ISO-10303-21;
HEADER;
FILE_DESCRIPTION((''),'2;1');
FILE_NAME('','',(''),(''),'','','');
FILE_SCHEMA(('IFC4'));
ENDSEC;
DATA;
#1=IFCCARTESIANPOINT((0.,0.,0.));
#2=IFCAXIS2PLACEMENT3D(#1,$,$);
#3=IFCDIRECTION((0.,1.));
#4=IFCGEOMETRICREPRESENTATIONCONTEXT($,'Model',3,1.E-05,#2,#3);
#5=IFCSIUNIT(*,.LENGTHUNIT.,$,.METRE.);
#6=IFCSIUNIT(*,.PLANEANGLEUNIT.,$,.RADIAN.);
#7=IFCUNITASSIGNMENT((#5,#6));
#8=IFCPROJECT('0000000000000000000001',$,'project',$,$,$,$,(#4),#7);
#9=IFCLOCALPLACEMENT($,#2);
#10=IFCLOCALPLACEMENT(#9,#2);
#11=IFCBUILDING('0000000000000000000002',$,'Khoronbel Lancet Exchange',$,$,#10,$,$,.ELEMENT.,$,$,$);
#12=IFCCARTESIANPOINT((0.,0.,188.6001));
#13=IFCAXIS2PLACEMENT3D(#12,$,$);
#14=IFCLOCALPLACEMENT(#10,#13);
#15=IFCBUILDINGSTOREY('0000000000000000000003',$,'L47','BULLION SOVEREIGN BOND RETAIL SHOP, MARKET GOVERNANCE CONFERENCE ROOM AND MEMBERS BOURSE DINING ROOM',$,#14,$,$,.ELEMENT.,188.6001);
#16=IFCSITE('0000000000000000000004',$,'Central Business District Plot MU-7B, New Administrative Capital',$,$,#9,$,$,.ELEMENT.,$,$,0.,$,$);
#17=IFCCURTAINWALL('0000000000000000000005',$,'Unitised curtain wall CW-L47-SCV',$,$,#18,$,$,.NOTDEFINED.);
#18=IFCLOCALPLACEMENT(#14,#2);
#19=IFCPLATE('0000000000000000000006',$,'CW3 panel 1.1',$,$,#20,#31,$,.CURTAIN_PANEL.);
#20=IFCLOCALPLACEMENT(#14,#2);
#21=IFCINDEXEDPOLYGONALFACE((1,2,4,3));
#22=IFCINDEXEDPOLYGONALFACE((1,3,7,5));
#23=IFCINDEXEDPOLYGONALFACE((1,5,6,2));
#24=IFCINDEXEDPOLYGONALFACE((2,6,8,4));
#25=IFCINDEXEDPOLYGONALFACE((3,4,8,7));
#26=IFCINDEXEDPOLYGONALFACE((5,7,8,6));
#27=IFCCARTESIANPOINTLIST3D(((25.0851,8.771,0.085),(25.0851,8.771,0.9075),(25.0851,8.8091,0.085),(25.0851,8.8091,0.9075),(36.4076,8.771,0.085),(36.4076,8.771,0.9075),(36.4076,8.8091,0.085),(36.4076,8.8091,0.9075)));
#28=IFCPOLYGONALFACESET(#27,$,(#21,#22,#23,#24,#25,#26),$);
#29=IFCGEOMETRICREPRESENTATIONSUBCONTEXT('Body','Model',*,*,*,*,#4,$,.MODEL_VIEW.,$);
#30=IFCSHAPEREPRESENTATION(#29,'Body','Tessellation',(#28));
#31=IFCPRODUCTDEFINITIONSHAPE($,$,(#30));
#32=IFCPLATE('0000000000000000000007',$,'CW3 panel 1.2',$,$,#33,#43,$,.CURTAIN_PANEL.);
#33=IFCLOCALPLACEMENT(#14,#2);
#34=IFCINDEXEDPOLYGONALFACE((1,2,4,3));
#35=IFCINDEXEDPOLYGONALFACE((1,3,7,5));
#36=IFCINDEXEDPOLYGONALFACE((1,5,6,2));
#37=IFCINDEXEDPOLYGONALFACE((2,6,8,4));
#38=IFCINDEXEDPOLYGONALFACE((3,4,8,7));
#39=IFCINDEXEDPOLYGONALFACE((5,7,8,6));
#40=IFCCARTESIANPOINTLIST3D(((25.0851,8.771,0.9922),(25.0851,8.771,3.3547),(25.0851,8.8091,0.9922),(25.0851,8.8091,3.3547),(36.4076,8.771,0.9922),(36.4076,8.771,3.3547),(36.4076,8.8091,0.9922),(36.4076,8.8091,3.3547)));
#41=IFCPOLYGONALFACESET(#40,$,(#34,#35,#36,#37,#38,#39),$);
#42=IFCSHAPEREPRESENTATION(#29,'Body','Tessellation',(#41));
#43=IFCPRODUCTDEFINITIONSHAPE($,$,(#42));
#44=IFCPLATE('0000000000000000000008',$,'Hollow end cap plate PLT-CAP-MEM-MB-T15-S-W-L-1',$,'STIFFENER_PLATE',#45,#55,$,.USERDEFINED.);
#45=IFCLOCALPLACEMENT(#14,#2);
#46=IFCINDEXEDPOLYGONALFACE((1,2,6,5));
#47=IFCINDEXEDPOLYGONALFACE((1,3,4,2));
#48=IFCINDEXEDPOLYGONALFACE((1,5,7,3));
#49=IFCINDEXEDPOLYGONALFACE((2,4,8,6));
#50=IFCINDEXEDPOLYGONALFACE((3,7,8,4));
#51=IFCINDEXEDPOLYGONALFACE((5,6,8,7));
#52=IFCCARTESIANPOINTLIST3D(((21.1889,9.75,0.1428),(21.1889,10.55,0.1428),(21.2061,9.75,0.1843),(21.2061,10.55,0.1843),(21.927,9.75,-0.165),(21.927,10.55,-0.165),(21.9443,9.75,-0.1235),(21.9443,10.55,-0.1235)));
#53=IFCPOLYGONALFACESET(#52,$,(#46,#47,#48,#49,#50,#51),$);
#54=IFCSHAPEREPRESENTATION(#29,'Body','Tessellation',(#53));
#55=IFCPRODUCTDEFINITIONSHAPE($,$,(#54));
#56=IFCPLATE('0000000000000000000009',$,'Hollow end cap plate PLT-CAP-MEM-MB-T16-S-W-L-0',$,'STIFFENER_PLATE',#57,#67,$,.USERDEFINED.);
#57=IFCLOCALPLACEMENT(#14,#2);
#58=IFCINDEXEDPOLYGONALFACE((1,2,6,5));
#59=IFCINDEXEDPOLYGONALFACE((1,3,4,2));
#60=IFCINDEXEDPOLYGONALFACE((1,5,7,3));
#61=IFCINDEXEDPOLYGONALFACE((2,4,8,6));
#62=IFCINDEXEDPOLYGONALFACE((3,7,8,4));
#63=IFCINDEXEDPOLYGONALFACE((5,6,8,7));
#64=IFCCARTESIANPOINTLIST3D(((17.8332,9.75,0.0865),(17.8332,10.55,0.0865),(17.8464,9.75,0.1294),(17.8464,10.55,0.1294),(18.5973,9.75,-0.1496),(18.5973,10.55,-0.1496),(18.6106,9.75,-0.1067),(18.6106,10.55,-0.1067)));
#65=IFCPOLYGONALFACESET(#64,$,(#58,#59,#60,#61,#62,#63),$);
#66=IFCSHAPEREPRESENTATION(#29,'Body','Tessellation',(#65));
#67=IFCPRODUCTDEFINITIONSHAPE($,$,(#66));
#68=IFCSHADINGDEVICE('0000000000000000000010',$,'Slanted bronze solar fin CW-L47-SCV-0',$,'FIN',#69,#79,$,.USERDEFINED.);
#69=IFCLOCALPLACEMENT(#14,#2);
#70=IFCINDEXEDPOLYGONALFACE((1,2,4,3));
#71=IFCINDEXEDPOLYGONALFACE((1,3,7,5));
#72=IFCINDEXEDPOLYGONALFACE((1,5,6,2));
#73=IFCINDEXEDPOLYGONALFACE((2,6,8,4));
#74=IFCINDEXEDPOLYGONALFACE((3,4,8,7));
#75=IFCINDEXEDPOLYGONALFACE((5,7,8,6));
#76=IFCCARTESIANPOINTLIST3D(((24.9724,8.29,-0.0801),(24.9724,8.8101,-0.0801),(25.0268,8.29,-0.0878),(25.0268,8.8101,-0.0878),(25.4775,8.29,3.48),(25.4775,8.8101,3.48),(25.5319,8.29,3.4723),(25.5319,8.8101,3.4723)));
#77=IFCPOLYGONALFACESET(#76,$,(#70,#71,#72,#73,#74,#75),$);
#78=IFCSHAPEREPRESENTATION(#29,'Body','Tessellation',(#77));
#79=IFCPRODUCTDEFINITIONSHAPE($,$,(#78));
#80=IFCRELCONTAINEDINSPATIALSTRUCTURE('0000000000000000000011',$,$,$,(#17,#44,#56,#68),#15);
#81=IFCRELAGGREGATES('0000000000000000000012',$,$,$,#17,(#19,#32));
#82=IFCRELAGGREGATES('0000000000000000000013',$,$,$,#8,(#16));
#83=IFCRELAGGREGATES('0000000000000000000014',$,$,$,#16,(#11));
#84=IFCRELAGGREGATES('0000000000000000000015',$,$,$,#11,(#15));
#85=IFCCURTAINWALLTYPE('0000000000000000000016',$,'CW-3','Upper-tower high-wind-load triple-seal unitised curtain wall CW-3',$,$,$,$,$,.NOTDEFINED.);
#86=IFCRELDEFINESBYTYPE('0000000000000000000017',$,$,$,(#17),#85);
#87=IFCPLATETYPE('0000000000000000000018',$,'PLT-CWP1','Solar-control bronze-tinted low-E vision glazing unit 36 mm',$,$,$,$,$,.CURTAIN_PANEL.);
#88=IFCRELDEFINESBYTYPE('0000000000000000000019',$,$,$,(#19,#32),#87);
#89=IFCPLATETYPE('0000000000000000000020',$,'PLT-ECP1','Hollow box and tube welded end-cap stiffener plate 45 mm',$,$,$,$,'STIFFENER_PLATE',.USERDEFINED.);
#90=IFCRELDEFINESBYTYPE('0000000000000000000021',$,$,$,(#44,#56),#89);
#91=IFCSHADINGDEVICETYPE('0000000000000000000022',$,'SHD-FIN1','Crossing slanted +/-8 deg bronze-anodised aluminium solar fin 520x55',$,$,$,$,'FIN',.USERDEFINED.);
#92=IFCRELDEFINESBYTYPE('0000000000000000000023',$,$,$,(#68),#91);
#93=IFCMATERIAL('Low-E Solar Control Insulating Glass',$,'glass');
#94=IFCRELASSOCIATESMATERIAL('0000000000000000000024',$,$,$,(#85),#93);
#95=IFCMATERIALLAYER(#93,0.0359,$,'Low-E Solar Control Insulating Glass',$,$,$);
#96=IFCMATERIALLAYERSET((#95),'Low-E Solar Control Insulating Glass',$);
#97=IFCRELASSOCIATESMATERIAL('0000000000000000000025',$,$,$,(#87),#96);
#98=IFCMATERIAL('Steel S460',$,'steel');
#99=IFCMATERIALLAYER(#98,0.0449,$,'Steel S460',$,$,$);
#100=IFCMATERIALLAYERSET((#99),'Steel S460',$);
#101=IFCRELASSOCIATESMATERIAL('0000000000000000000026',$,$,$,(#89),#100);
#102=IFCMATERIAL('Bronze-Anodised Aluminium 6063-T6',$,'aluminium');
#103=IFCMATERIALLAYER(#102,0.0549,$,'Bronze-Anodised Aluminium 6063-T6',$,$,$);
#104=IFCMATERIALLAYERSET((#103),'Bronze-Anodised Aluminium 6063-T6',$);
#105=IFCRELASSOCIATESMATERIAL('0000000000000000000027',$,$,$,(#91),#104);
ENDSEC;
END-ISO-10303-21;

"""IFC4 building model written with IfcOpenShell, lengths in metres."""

from ifc_helpers import new_model, si_unit, direction, frame, origin, origin_2d, place, context, subcontext, project, spatial, polyline, rectangle, outline, extrude, material, layer, layer_set, type_object, element, aggregate, save


model = new_model("IFC4")

# Units and contexts
model_context = context("Model", 3, precision=1e-05, world=origin(), true_north=direction((0.0, 1.0)))
body_context = subcontext(model_context, "Body", "Model", "MODEL_VIEW")
ifc_project = project(units=[si_unit("LENGTHUNIT", "METRE"), si_unit("PLANEANGLEUNIT", "RADIAN")], contexts=[model_context])

# Site, building, storey
site_placement = place(None, origin())
site = spatial("IfcSite", under=ifc_project, at=site_placement, Name="Central Business District Plot MU-7B, New Administrative Capital", CompositionType="ELEMENT", RefElevation=0.0)
building_placement = place(site_placement, origin())
building = spatial("IfcBuilding", under=site, at=building_placement, Name="Khoronbel Lancet Exchange", CompositionType="ELEMENT")
storey_placement = place(building_placement, frame((0.0, 0.0, 188.6001)))
storey = spatial("IfcBuildingStorey", under=building, at=storey_placement, Name="L47", Description="BULLION SOVEREIGN BOND RETAIL SHOP, MARKET GOVERNANCE CONFERENCE ROOM AND MEMBERS BOURSE DINING ROOM", CompositionType="ELEMENT", Elevation=188.6001)

# Shared definitions
ifc_material_1 = material(Name="Steel S460", Category="steel")

# Curtain wall
ifc_material_2 = material(Name="Low-E Solar Control Insulating Glass", Category="glass")
curtain_wall_type = type_object("IfcCurtainWallType", Name="CW-3", Description="Upper-tower high-wind-load triple-seal unitised curtain wall CW-3", PredefinedType="NOTDEFINED", material=ifc_material_2)
ifc_material_3 = material(Name="Bronze-Anodised Aluminium 6063-T6", Category="aluminium")
curtain_wall_1_placement = place(storey_placement, origin())
curtain_wall_1 = element("IfcCurtainWall", 1, at=curtain_wall_1_placement, inside=storey, type_object=curtain_wall_type, Name="Unitised curtain wall CW-L47-SCV", PredefinedType="NOTDEFINED")

# Plates
ifc_layer_1 = layer(ifc_material_2, 0.0359, Name="Low-E Solar Control Insulating Glass")
ifc_layer_set_1 = layer_set([ifc_layer_1], Name="Low-E Solar Control Insulating Glass")
plate_type_1 = type_object("IfcPlateType", Name="PLT-CWP1", Description="Solar-control bronze-tinted low-E vision glazing unit 36 mm", PredefinedType="CURTAIN_PANEL", material=ifc_layer_set_1)
plate_1_placement = place(storey_placement, frame((30.7463, 8.79, 0.085), z_axis=(0.0, 0.0, 1.0), x_axis=(1.0, 0.0, 0.0)))
plate_1 = element("IfcPlate", 2, at=plate_1_placement, type_object=plate_type_1, Name="CW3 panel 1.1", PredefinedType="CURTAIN_PANEL", context=body_context, shape_type="SweptSolid", body=[
    extrude(rectangle(XDim=11.3225, YDim=0.0381, at=origin_2d()), origin(), (0.0, 0.0, 1.0), 0.8225),
])
plate_2_placement = place(storey_placement, frame((30.7463, 8.79, 0.9922), z_axis=(0.0, 0.0, 1.0), x_axis=(1.0, 0.0, 0.0)))
plate_2 = element("IfcPlate", 3, at=plate_2_placement, type_object=plate_type_1, Name="CW3 panel 1.2", PredefinedType="CURTAIN_PANEL", context=body_context, shape_type="SweptSolid", body=[
    extrude(rectangle(XDim=11.3225, YDim=0.0381, at=origin_2d()), origin(), (0.0, 0.0, 1.0), 2.3625),
])
aggregate(curtain_wall_1, [plate_1, plate_2])

# Plates
ifc_layer_2 = layer(ifc_material_1, 0.0449, Name="Steel S460")
ifc_layer_set_2 = layer_set([ifc_layer_2], Name="Steel S460")
plate_type_2 = type_object("IfcPlateType", Name="PLT-ECP1", Description="Hollow box and tube welded end-cap stiffener plate 45 mm", ElementType="STIFFENER_PLATE", PredefinedType="USERDEFINED", material=ifc_layer_set_2)
for number, where, z_axis, x_axis, name in (
    (4, (21.9443, 9.75, -0.1235), (0.384875, 0.0, 0.922969), (0.0, 1.0, 0.0), "Hollow end cap plate PLT-CAP-MEM-MB-T15-S-W-L-1"),
    (5, (18.6106, 9.75, -0.1067), (0.29518, 0.0, 0.955442), (0.0, 1.0, 0.0), "Hollow end cap plate PLT-CAP-MEM-MB-T16-S-W-L-0"),
):
    element("IfcPlate", number, at=place(storey_placement, frame(where, z_axis=z_axis, x_axis=x_axis)), inside=storey, type_object=plate_type_2, Name=name, ObjectType="STIFFENER_PLATE", PredefinedType="USERDEFINED", context=body_context, shape_type="SweptSolid", body=[
        extrude(outline(polyline([(0.0, 0.0), (0.8, 0.0), (0.8, 0.7998), (0.0, 0.7998), (0.0, 0.0)])), origin(), (0.0, 0.0, -1.0), 0.0449),
    ])

# Shading device
ifc_layer_3 = layer(ifc_material_3, 0.0549, Name="Bronze-Anodised Aluminium 6063-T6")
ifc_layer_set_3 = layer_set([ifc_layer_3], Name="Bronze-Anodised Aluminium 6063-T6")
shading_device_type = type_object("IfcShadingDeviceType", Name="SHD-FIN1", Description="Crossing slanted +/-8 deg bronze-anodised aluminium solar fin 520x55", ElementType="FIN", PredefinedType="USERDEFINED", material=ifc_layer_set_3)
shading_device_placement = place(storey_placement, frame((24.9724, 8.8101, -0.0801), z_axis=(-0.990083, 0.0, 0.14048), x_axis=(0.0, -1.0, 0.0)))
element("IfcShadingDevice", 6, at=shading_device_placement, inside=storey, type_object=shading_device_type, Name="Slanted bronze solar fin CW-L47-SCV-0", ObjectType="FIN", PredefinedType="USERDEFINED", context=body_context, shape_type="SweptSolid", body=[
    extrude(outline(polyline([(0.0, 0.0), (0.52, 0.0), (0.52, 3.5957), (0.0, 3.5957), (0.0, 0.0)])), origin(), (0.0, 0.0, -1.0), 0.0549),
])

save(model, "model.ifc")
